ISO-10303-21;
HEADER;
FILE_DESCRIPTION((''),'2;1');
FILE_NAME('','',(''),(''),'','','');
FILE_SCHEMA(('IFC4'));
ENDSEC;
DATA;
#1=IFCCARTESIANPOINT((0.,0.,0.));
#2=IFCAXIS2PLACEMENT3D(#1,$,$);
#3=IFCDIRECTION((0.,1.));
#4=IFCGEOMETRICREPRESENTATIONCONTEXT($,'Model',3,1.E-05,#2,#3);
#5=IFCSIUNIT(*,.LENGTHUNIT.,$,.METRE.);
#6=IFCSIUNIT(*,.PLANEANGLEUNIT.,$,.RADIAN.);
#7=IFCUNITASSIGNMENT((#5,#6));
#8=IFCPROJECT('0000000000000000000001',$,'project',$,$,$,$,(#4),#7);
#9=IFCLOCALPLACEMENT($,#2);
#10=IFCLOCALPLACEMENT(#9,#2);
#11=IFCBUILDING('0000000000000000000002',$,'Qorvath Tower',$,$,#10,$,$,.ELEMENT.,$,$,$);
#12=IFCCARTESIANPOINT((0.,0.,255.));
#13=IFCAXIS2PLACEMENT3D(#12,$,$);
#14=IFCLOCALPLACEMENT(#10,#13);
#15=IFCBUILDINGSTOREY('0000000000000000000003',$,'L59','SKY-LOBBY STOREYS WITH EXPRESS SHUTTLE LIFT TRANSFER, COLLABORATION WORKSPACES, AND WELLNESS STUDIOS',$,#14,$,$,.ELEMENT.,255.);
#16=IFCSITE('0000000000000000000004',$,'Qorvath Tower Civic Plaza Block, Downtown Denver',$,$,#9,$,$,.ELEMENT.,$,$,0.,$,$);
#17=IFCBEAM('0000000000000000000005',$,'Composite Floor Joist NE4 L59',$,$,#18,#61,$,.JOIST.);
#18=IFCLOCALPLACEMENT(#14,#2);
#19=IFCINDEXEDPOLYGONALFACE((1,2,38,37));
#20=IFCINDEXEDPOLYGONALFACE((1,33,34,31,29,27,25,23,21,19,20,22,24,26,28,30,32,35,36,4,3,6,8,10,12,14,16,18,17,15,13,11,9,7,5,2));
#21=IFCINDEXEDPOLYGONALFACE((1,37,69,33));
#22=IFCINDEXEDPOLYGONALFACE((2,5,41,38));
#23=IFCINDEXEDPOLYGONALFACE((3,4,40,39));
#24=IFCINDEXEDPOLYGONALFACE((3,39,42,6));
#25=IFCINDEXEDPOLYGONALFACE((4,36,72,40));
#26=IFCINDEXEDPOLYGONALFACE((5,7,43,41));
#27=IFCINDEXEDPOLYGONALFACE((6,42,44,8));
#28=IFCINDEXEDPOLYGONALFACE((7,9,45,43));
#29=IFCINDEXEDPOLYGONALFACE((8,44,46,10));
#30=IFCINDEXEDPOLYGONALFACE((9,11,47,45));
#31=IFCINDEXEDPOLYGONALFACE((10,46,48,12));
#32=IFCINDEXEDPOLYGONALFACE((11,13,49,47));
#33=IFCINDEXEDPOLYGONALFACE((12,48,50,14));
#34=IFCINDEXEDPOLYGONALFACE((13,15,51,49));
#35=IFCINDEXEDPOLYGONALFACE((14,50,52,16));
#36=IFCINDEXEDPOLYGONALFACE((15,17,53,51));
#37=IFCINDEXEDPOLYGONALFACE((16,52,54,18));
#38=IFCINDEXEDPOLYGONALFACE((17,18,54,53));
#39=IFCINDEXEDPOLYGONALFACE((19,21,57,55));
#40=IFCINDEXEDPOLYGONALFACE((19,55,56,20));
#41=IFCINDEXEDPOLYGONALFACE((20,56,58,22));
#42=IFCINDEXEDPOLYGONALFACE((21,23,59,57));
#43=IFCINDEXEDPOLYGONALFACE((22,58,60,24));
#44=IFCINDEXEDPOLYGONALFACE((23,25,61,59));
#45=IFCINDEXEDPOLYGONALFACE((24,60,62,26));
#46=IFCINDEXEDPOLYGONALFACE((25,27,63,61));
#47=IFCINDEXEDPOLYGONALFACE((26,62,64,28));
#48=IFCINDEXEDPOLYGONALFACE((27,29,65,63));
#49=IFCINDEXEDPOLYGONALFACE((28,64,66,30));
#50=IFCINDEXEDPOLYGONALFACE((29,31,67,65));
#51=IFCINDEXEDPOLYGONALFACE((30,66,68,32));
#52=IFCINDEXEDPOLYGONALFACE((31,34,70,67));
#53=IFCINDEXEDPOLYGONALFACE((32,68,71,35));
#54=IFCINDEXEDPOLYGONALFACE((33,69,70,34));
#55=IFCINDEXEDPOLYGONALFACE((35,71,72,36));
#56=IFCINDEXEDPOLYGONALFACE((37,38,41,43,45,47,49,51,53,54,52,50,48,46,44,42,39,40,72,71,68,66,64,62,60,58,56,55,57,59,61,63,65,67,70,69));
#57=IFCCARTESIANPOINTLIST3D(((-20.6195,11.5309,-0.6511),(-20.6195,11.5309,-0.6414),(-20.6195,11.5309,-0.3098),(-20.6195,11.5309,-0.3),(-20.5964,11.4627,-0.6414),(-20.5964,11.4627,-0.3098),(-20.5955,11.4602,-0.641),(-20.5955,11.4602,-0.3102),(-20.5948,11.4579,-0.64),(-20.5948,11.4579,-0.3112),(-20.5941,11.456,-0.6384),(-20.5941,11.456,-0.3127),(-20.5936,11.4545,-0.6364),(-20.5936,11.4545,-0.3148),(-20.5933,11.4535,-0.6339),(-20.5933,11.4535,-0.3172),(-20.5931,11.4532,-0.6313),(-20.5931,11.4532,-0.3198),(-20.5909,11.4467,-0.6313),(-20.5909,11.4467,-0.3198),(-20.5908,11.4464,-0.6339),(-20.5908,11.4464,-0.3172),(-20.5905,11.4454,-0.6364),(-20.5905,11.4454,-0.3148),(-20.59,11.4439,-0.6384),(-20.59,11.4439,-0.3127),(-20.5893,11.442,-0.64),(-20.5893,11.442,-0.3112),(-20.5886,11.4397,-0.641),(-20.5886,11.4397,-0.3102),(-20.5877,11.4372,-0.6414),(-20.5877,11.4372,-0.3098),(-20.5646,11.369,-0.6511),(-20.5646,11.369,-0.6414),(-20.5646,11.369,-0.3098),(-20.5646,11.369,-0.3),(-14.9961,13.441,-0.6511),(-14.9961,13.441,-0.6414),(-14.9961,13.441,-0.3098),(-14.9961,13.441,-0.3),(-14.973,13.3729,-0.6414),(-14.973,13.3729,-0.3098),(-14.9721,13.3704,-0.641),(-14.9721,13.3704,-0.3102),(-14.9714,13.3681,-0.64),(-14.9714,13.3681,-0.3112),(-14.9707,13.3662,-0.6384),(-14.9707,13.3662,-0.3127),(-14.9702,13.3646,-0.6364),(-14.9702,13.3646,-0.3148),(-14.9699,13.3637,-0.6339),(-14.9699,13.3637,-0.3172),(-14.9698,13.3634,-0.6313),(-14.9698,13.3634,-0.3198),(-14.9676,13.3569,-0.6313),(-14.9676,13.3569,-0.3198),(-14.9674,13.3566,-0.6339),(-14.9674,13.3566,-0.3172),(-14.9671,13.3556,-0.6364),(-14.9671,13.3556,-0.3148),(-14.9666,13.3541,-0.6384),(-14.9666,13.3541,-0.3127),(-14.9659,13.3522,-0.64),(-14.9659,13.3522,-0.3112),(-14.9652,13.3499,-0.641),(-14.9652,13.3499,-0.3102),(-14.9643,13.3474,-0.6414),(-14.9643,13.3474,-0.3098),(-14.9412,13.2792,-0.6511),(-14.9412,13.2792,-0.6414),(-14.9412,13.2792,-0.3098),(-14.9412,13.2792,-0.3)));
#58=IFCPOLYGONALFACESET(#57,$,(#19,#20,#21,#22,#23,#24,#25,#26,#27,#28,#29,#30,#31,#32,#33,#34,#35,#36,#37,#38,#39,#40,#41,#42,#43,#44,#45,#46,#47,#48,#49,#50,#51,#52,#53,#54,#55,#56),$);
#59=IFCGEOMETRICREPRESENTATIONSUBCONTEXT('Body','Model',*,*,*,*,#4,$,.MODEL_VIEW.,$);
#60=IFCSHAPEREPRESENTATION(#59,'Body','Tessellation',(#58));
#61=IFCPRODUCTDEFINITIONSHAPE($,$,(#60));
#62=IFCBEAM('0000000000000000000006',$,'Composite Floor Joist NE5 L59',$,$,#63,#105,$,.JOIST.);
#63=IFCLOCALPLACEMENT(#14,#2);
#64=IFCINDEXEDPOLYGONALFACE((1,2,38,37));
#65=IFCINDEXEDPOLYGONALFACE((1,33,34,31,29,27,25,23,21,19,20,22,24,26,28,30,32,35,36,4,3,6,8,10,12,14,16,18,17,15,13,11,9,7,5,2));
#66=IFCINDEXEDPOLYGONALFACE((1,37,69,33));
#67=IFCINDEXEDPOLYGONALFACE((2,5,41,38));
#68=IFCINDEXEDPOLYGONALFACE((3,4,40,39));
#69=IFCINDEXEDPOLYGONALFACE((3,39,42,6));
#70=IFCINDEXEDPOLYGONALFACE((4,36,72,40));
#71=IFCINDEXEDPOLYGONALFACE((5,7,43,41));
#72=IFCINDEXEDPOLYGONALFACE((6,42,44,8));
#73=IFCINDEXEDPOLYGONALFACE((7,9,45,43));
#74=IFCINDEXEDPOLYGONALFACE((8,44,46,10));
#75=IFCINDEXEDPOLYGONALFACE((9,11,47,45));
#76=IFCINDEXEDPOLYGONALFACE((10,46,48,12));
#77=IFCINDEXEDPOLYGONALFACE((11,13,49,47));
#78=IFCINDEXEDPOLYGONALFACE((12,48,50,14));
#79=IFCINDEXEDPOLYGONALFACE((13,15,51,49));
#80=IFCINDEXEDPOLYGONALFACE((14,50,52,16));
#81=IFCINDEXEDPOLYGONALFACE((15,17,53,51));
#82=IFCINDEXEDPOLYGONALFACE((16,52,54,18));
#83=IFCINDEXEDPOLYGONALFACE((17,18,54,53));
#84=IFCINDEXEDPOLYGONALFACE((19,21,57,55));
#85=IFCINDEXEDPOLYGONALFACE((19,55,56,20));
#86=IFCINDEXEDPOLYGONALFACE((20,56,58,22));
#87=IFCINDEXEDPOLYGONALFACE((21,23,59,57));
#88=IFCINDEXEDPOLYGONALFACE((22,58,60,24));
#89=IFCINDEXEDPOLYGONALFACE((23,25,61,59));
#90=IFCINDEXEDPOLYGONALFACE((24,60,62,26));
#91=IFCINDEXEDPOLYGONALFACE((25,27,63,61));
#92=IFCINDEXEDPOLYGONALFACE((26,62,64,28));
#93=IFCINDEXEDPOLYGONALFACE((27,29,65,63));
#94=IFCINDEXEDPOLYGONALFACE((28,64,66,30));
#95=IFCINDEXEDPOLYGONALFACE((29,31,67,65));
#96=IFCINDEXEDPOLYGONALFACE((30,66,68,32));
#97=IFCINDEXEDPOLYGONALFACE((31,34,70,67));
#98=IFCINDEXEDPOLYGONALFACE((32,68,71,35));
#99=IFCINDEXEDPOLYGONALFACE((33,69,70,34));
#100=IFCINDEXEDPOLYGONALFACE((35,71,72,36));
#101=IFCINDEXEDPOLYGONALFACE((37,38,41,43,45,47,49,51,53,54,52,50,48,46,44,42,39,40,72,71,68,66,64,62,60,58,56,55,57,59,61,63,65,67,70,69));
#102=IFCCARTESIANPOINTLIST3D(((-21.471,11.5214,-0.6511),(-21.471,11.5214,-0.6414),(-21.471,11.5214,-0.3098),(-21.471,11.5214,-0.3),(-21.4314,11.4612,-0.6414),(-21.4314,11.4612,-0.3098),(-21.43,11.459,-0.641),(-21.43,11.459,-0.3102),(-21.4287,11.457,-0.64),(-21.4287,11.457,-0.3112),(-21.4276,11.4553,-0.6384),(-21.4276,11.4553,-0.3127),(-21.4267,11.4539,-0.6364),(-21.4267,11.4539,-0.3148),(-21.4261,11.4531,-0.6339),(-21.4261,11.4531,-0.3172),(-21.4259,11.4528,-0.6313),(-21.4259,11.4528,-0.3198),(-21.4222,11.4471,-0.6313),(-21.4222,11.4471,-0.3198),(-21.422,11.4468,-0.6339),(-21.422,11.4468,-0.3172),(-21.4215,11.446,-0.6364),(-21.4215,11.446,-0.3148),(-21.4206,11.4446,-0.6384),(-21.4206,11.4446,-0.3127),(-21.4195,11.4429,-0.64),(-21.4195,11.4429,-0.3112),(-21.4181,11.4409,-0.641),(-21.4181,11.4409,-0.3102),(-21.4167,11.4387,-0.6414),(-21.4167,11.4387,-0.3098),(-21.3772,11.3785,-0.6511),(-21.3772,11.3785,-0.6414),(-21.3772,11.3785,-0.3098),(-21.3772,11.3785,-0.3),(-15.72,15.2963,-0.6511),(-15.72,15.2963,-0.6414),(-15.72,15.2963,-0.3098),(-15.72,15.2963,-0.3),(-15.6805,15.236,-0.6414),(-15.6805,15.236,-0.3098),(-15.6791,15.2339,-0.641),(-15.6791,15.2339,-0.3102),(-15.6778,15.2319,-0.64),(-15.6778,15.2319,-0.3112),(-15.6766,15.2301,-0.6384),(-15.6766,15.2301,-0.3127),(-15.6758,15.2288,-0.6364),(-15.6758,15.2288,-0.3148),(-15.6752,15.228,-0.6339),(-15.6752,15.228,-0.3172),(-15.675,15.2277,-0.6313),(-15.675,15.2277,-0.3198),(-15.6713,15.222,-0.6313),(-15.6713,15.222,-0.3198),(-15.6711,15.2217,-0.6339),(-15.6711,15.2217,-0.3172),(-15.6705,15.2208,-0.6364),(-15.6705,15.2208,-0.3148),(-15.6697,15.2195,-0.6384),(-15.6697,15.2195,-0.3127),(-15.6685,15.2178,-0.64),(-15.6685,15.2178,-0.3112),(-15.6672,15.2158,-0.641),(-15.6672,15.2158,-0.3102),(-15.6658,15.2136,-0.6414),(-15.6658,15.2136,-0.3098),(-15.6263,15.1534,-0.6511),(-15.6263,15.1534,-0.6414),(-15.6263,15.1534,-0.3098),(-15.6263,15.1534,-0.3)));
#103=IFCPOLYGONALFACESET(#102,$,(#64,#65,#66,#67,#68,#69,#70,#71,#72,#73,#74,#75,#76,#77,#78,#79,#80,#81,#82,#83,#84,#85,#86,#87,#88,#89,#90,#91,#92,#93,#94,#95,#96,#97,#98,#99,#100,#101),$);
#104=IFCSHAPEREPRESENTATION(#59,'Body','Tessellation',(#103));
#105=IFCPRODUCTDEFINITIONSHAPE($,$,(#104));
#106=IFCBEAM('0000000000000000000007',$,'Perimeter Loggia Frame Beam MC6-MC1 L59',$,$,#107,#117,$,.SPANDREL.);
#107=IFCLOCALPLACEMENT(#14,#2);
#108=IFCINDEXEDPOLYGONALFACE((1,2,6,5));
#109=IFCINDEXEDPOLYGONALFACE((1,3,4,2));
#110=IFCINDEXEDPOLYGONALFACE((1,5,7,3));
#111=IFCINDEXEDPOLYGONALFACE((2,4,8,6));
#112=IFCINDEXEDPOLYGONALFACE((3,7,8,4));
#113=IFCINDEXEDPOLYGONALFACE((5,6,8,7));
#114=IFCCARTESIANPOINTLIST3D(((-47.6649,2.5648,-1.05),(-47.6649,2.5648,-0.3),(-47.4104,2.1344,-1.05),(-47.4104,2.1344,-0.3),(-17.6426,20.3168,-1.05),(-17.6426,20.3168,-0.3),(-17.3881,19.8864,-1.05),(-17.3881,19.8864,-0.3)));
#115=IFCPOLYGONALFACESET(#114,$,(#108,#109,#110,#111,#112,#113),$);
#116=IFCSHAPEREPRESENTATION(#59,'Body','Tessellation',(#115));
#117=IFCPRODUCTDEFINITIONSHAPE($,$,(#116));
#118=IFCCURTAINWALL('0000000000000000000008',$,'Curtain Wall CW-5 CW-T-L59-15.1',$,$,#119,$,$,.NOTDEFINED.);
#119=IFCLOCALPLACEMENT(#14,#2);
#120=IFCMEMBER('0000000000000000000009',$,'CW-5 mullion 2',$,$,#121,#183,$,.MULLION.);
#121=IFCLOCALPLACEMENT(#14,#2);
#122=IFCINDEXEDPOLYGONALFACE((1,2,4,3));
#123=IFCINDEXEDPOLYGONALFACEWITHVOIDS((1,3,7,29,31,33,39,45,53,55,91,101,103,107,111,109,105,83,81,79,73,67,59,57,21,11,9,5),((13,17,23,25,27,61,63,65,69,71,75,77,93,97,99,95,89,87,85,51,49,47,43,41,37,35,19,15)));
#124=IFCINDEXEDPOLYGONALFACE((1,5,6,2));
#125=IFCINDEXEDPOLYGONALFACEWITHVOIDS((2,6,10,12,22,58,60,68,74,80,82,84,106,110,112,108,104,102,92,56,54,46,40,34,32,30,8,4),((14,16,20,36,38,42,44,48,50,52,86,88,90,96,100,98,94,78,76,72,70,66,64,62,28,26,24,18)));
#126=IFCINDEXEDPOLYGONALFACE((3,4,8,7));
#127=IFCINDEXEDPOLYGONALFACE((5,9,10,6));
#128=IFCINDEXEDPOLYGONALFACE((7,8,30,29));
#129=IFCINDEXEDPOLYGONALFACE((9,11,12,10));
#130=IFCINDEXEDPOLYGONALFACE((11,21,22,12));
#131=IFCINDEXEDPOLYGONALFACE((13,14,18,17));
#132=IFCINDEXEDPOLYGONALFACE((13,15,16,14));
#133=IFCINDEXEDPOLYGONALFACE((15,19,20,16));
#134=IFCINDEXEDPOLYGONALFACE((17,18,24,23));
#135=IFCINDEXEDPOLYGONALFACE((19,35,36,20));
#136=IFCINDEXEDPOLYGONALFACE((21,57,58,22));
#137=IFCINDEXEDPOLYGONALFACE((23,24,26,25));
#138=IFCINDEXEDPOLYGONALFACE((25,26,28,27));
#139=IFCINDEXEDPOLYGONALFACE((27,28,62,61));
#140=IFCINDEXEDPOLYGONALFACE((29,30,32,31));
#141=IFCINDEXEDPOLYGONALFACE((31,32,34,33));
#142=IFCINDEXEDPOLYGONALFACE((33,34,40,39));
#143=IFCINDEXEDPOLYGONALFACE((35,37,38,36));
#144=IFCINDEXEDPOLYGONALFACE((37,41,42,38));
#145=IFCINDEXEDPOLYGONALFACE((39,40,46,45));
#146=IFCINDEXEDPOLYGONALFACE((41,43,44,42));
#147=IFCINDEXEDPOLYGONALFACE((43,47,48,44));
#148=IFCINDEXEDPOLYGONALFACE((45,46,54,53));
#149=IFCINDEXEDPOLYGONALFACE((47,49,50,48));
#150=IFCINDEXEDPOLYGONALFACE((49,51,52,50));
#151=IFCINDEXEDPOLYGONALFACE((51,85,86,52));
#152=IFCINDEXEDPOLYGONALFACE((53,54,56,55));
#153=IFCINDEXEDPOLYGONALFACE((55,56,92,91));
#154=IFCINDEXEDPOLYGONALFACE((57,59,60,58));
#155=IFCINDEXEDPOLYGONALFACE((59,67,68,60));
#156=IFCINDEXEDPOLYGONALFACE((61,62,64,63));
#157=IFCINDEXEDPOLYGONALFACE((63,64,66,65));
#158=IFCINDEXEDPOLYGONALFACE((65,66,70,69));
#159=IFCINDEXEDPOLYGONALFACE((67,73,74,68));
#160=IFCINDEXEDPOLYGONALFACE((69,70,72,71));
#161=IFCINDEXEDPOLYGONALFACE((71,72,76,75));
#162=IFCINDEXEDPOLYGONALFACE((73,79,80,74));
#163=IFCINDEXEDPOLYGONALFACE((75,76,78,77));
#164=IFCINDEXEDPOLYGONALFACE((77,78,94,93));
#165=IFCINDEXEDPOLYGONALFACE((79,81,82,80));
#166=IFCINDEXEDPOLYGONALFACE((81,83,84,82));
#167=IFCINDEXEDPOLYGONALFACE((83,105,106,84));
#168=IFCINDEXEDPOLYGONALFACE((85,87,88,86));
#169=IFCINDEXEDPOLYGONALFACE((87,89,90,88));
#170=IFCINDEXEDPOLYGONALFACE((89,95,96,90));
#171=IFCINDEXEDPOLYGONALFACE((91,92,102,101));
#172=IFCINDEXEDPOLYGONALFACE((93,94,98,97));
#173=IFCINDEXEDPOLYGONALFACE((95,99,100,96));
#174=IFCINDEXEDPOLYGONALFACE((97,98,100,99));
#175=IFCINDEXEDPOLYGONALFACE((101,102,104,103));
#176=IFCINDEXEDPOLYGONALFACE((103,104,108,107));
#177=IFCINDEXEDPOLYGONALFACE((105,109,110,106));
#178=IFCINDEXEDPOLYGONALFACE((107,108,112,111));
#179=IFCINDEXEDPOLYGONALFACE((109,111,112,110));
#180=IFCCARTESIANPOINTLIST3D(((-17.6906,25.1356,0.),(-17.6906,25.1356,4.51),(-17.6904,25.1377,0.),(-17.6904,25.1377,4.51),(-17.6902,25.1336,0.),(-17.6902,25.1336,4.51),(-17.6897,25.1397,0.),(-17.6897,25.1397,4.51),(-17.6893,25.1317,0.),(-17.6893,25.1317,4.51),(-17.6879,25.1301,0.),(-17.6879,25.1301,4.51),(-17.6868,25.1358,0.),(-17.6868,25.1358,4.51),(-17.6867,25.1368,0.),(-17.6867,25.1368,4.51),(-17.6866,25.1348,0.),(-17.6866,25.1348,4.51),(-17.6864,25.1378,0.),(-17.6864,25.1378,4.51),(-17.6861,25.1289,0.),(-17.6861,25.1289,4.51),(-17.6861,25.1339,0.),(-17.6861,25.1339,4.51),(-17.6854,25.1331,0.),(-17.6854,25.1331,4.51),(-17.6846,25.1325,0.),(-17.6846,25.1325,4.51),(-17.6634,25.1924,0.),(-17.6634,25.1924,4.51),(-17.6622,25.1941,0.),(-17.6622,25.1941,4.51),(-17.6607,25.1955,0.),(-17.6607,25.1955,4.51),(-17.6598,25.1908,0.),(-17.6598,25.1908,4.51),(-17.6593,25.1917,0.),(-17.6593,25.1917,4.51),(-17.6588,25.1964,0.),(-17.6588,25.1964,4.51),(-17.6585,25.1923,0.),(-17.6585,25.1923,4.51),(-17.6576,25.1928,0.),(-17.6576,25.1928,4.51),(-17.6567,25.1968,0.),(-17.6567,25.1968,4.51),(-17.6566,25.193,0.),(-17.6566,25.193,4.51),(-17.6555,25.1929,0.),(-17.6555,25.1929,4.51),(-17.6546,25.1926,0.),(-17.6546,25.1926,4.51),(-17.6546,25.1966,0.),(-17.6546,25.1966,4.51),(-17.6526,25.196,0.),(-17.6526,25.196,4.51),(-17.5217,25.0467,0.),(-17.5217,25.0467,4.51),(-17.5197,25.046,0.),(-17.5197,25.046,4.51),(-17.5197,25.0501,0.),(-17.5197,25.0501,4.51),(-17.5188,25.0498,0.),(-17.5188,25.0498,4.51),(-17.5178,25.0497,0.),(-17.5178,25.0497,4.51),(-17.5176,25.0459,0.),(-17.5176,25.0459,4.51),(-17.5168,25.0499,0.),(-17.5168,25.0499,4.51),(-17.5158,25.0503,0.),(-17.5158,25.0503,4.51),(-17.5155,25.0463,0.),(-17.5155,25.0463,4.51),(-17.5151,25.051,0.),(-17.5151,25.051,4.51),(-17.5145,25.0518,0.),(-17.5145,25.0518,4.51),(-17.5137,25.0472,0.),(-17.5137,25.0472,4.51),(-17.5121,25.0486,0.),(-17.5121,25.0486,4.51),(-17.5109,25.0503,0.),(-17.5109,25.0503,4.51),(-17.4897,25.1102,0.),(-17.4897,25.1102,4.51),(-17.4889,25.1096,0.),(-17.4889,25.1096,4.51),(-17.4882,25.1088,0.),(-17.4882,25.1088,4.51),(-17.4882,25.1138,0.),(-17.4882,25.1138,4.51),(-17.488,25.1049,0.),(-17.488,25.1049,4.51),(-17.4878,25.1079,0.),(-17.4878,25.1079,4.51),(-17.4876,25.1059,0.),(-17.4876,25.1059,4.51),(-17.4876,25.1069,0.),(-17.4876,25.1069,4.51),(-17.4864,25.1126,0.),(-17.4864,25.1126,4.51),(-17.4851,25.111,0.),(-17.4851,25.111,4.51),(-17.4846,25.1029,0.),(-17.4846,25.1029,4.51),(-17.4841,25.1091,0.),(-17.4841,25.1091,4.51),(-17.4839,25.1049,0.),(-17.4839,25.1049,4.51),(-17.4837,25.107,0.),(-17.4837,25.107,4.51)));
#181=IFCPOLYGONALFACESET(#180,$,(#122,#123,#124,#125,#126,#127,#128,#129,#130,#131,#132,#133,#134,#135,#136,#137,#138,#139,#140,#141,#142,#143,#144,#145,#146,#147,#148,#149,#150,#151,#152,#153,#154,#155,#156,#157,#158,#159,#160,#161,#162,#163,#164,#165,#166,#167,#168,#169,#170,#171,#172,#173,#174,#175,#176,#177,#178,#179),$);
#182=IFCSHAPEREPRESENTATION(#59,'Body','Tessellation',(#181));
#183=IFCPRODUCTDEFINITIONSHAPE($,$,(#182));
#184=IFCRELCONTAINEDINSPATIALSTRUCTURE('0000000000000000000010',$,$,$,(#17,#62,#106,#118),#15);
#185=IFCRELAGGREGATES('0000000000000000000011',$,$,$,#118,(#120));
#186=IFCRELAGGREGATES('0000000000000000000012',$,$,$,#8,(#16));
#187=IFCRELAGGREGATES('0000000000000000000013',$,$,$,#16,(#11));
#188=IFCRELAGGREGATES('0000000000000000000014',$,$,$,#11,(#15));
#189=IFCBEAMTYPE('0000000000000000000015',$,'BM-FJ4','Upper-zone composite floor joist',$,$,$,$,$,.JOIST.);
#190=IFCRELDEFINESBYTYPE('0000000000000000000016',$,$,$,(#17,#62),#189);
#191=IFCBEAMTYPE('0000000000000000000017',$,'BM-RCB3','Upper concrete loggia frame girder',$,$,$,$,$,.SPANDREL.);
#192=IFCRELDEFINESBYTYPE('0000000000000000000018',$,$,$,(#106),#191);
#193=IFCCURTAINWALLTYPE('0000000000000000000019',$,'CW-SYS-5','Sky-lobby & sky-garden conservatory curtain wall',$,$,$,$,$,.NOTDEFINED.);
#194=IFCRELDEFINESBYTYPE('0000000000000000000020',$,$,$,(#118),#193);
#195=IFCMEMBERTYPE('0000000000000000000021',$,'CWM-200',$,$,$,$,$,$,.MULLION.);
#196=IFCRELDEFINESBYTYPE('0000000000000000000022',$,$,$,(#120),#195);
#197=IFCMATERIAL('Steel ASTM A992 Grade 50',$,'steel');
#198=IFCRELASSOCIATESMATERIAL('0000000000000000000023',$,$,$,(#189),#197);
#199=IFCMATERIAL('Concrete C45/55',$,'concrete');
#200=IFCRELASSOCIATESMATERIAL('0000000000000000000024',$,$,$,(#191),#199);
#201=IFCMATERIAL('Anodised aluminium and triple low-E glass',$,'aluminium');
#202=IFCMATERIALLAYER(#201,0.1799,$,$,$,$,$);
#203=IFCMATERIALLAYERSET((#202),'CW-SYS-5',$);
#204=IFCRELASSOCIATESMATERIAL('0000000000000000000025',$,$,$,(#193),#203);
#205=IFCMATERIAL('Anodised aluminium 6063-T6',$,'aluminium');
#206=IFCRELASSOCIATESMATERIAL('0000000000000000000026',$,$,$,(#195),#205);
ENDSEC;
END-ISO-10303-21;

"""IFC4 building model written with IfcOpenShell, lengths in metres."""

from ifc_helpers import new_model, si_unit, direction, frame, origin, origin_2d, place, context, subcontext, project, spatial, rectangle, hollow_rectangle, i_section, extrude, material, layer, layer_set, material_profile, profile_set, type_object, element, aggregate, save


model = new_model("IFC4")

# Units and contexts
model_context = context("Model", 3, precision=1e-05, world=origin(), true_north=direction((0.0, 1.0)))
body_context = subcontext(model_context, "Body", "Model", "MODEL_VIEW")
ifc_project = project(units=[si_unit("LENGTHUNIT", "METRE"), si_unit("PLANEANGLEUNIT", "RADIAN")], contexts=[model_context])

# Site, building, storey
site_placement = place(None, origin())
site = spatial("IfcSite", under=ifc_project, at=site_placement, Name="Qorvath Tower Civic Plaza Block, Downtown Denver", CompositionType="ELEMENT", RefElevation=0.0)
building_placement = place(site_placement, origin())
building = spatial("IfcBuilding", under=site, at=building_placement, Name="Qorvath Tower", CompositionType="ELEMENT")
storey_placement = place(building_placement, frame((0.0, 0.0, 255.0)))
storey = spatial("IfcBuildingStorey", under=building, at=storey_placement, Name="L59", Description="SKY-LOBBY STOREYS WITH EXPRESS SHUTTLE LIFT TRANSFER, COLLABORATION WORKSPACES, AND WELLNESS STUDIOS", CompositionType="ELEMENT", Elevation=255.0)

# Beams
ifc_material_1 = material(Name="Steel ASTM A992 Grade 50", Category="steel")
ifc_material_profile_1 = material_profile(ifc_material_1, i_section(OverallWidth=0.1709, OverallDepth=0.3511, WebThickness=0.0068, FlangeThickness=0.0098, FilletRadius=0.01, at=origin_2d()), Name="W14x30")
ifc_profile_set_1 = profile_set([ifc_material_profile_1], Name="Steel ASTM A992 Grade 50")
beam_type_1 = type_object("IfcBeamType", Name="BM-FJ4", Description="Upper-zone composite floor joist", PredefinedType="JOIST", material=ifc_profile_set_1)
beam_1_placement = place(storey_placement, frame((-20.592, 11.45, -0.4756), z_axis=(0.946863, 0.321637, 0.0), x_axis=(-0.321637, 0.946863, 0.0)))
element("IfcBeam", 1, at=beam_1_placement, inside=storey, type_object=beam_type_1, Name="Composite Floor Joist NE4 L59", PredefinedType="JOIST", context=body_context, shape_type="SweptSolid", body=[
    extrude(i_section(OverallWidth=0.1709, OverallDepth=0.3511, WebThickness=0.0068, FlangeThickness=0.0098, FilletRadius=0.01, at=origin_2d()), origin(), (0.0, 0.0, 1.0), 5.939),
])
beam_2_placement = place(storey_placement, frame((-21.4241, 11.45, -0.4756), z_axis=(0.835993, 0.54874, 0.0), x_axis=(-0.54874, 0.835993, 0.0)))
element("IfcBeam", 2, at=beam_2_placement, inside=storey, type_object=beam_type_1, Name="Composite Floor Joist NE5 L59", PredefinedType="JOIST", context=body_context, shape_type="SweptSolid", body=[
    extrude(i_section(OverallWidth=0.1709, OverallDepth=0.3511, WebThickness=0.0068, FlangeThickness=0.0098, FilletRadius=0.01, at=origin_2d()), origin(), (0.0, 0.0, 1.0), 6.8792),
])
ifc_material_2 = material(Name="Concrete C45/55", Category="concrete")
ifc_material_profile_2 = material_profile(ifc_material_2, rectangle(XDim=0.5, YDim=0.75, at=origin_2d()), Name="RCB 750x500")
ifc_profile_set_2 = profile_set([ifc_material_profile_2], Name="Concrete C45/55")
beam_type_2 = type_object("IfcBeamType", Name="BM-RCB3", Description="Upper concrete loggia frame girder", PredefinedType="SPANDREL", material=ifc_profile_set_2)
beam_3_placement = place(storey_placement, frame((-17.5154, 20.1016, -0.675), z_axis=(-0.860781, -0.508975, 0.0), x_axis=(0.508975, -0.860781, 0.0)))
element("IfcBeam", 3, at=beam_3_placement, inside=storey, type_object=beam_type_2, Name="Perimeter Loggia Frame Beam MC6-MC1 L59", PredefinedType="SPANDREL", context=body_context, shape_type="SweptSolid", body=[
    extrude(rectangle(XDim=0.5, YDim=0.75, at=origin_2d()), origin(), (0.0, 0.0, 1.0), 34.8779),
])

# Curtain wall, member
ifc_material_3 = material(Name="Anodised aluminium and triple low-E glass", Category="aluminium")
ifc_layer_1 = layer(ifc_material_3, 0.1799)
ifc_layer_set_1 = layer_set([ifc_layer_1], Name="CW-SYS-5")
curtain_wall_type = type_object("IfcCurtainWallType", Name="CW-SYS-5", Description="Sky-lobby & sky-garden conservatory curtain wall", PredefinedType="NOTDEFINED", material=ifc_layer_set_1)
curtain_wall_1_placement = place(storey_placement, origin())
curtain_wall_1 = element("IfcCurtainWall", 4, at=curtain_wall_1_placement, inside=storey, type_object=curtain_wall_type, Name="Curtain Wall CW-5 CW-T-L59-15.1", PredefinedType="NOTDEFINED")
ifc_material_4 = material(Name="Anodised aluminium 6063-T6", Category="aluminium")
ifc_material_profile_3 = material_profile(ifc_material_4, hollow_rectangle(XDim=0.075, YDim=0.2, WallThickness=0.0039, InnerFilletRadius=0.0039, OuterFilletRadius=0.0081, at=origin_2d()), Name="CWM 200x75")
ifc_profile_set_3 = profile_set([ifc_material_profile_3], Name="Anodised aluminium 6063-T6")
member_type_1 = type_object("IfcMemberType", Name="CWM-200", PredefinedType="MULLION", material=ifc_profile_set_3)
member_1_placement = place(storey_placement, frame((-17.5872, 25.1213, 0.0), z_axis=(0.0, 0.0, 1.0), x_axis=(-0.447164, -0.894452, 0.0)))
member_1 = element("IfcMember", 5, at=member_1_placement, type_object=member_type_1, Name="CW-5 mullion 2", PredefinedType="MULLION", context=body_context, shape_type="SweptSolid", body=[
    extrude(hollow_rectangle(XDim=0.075, YDim=0.2, WallThickness=0.0039, InnerFilletRadius=0.0039, OuterFilletRadius=0.0081, at=origin_2d()), origin(), (0.0, 0.0, 1.0), 4.51),
])

aggregate(curtain_wall_1, [member_1])

save(model, "model.ifc")
